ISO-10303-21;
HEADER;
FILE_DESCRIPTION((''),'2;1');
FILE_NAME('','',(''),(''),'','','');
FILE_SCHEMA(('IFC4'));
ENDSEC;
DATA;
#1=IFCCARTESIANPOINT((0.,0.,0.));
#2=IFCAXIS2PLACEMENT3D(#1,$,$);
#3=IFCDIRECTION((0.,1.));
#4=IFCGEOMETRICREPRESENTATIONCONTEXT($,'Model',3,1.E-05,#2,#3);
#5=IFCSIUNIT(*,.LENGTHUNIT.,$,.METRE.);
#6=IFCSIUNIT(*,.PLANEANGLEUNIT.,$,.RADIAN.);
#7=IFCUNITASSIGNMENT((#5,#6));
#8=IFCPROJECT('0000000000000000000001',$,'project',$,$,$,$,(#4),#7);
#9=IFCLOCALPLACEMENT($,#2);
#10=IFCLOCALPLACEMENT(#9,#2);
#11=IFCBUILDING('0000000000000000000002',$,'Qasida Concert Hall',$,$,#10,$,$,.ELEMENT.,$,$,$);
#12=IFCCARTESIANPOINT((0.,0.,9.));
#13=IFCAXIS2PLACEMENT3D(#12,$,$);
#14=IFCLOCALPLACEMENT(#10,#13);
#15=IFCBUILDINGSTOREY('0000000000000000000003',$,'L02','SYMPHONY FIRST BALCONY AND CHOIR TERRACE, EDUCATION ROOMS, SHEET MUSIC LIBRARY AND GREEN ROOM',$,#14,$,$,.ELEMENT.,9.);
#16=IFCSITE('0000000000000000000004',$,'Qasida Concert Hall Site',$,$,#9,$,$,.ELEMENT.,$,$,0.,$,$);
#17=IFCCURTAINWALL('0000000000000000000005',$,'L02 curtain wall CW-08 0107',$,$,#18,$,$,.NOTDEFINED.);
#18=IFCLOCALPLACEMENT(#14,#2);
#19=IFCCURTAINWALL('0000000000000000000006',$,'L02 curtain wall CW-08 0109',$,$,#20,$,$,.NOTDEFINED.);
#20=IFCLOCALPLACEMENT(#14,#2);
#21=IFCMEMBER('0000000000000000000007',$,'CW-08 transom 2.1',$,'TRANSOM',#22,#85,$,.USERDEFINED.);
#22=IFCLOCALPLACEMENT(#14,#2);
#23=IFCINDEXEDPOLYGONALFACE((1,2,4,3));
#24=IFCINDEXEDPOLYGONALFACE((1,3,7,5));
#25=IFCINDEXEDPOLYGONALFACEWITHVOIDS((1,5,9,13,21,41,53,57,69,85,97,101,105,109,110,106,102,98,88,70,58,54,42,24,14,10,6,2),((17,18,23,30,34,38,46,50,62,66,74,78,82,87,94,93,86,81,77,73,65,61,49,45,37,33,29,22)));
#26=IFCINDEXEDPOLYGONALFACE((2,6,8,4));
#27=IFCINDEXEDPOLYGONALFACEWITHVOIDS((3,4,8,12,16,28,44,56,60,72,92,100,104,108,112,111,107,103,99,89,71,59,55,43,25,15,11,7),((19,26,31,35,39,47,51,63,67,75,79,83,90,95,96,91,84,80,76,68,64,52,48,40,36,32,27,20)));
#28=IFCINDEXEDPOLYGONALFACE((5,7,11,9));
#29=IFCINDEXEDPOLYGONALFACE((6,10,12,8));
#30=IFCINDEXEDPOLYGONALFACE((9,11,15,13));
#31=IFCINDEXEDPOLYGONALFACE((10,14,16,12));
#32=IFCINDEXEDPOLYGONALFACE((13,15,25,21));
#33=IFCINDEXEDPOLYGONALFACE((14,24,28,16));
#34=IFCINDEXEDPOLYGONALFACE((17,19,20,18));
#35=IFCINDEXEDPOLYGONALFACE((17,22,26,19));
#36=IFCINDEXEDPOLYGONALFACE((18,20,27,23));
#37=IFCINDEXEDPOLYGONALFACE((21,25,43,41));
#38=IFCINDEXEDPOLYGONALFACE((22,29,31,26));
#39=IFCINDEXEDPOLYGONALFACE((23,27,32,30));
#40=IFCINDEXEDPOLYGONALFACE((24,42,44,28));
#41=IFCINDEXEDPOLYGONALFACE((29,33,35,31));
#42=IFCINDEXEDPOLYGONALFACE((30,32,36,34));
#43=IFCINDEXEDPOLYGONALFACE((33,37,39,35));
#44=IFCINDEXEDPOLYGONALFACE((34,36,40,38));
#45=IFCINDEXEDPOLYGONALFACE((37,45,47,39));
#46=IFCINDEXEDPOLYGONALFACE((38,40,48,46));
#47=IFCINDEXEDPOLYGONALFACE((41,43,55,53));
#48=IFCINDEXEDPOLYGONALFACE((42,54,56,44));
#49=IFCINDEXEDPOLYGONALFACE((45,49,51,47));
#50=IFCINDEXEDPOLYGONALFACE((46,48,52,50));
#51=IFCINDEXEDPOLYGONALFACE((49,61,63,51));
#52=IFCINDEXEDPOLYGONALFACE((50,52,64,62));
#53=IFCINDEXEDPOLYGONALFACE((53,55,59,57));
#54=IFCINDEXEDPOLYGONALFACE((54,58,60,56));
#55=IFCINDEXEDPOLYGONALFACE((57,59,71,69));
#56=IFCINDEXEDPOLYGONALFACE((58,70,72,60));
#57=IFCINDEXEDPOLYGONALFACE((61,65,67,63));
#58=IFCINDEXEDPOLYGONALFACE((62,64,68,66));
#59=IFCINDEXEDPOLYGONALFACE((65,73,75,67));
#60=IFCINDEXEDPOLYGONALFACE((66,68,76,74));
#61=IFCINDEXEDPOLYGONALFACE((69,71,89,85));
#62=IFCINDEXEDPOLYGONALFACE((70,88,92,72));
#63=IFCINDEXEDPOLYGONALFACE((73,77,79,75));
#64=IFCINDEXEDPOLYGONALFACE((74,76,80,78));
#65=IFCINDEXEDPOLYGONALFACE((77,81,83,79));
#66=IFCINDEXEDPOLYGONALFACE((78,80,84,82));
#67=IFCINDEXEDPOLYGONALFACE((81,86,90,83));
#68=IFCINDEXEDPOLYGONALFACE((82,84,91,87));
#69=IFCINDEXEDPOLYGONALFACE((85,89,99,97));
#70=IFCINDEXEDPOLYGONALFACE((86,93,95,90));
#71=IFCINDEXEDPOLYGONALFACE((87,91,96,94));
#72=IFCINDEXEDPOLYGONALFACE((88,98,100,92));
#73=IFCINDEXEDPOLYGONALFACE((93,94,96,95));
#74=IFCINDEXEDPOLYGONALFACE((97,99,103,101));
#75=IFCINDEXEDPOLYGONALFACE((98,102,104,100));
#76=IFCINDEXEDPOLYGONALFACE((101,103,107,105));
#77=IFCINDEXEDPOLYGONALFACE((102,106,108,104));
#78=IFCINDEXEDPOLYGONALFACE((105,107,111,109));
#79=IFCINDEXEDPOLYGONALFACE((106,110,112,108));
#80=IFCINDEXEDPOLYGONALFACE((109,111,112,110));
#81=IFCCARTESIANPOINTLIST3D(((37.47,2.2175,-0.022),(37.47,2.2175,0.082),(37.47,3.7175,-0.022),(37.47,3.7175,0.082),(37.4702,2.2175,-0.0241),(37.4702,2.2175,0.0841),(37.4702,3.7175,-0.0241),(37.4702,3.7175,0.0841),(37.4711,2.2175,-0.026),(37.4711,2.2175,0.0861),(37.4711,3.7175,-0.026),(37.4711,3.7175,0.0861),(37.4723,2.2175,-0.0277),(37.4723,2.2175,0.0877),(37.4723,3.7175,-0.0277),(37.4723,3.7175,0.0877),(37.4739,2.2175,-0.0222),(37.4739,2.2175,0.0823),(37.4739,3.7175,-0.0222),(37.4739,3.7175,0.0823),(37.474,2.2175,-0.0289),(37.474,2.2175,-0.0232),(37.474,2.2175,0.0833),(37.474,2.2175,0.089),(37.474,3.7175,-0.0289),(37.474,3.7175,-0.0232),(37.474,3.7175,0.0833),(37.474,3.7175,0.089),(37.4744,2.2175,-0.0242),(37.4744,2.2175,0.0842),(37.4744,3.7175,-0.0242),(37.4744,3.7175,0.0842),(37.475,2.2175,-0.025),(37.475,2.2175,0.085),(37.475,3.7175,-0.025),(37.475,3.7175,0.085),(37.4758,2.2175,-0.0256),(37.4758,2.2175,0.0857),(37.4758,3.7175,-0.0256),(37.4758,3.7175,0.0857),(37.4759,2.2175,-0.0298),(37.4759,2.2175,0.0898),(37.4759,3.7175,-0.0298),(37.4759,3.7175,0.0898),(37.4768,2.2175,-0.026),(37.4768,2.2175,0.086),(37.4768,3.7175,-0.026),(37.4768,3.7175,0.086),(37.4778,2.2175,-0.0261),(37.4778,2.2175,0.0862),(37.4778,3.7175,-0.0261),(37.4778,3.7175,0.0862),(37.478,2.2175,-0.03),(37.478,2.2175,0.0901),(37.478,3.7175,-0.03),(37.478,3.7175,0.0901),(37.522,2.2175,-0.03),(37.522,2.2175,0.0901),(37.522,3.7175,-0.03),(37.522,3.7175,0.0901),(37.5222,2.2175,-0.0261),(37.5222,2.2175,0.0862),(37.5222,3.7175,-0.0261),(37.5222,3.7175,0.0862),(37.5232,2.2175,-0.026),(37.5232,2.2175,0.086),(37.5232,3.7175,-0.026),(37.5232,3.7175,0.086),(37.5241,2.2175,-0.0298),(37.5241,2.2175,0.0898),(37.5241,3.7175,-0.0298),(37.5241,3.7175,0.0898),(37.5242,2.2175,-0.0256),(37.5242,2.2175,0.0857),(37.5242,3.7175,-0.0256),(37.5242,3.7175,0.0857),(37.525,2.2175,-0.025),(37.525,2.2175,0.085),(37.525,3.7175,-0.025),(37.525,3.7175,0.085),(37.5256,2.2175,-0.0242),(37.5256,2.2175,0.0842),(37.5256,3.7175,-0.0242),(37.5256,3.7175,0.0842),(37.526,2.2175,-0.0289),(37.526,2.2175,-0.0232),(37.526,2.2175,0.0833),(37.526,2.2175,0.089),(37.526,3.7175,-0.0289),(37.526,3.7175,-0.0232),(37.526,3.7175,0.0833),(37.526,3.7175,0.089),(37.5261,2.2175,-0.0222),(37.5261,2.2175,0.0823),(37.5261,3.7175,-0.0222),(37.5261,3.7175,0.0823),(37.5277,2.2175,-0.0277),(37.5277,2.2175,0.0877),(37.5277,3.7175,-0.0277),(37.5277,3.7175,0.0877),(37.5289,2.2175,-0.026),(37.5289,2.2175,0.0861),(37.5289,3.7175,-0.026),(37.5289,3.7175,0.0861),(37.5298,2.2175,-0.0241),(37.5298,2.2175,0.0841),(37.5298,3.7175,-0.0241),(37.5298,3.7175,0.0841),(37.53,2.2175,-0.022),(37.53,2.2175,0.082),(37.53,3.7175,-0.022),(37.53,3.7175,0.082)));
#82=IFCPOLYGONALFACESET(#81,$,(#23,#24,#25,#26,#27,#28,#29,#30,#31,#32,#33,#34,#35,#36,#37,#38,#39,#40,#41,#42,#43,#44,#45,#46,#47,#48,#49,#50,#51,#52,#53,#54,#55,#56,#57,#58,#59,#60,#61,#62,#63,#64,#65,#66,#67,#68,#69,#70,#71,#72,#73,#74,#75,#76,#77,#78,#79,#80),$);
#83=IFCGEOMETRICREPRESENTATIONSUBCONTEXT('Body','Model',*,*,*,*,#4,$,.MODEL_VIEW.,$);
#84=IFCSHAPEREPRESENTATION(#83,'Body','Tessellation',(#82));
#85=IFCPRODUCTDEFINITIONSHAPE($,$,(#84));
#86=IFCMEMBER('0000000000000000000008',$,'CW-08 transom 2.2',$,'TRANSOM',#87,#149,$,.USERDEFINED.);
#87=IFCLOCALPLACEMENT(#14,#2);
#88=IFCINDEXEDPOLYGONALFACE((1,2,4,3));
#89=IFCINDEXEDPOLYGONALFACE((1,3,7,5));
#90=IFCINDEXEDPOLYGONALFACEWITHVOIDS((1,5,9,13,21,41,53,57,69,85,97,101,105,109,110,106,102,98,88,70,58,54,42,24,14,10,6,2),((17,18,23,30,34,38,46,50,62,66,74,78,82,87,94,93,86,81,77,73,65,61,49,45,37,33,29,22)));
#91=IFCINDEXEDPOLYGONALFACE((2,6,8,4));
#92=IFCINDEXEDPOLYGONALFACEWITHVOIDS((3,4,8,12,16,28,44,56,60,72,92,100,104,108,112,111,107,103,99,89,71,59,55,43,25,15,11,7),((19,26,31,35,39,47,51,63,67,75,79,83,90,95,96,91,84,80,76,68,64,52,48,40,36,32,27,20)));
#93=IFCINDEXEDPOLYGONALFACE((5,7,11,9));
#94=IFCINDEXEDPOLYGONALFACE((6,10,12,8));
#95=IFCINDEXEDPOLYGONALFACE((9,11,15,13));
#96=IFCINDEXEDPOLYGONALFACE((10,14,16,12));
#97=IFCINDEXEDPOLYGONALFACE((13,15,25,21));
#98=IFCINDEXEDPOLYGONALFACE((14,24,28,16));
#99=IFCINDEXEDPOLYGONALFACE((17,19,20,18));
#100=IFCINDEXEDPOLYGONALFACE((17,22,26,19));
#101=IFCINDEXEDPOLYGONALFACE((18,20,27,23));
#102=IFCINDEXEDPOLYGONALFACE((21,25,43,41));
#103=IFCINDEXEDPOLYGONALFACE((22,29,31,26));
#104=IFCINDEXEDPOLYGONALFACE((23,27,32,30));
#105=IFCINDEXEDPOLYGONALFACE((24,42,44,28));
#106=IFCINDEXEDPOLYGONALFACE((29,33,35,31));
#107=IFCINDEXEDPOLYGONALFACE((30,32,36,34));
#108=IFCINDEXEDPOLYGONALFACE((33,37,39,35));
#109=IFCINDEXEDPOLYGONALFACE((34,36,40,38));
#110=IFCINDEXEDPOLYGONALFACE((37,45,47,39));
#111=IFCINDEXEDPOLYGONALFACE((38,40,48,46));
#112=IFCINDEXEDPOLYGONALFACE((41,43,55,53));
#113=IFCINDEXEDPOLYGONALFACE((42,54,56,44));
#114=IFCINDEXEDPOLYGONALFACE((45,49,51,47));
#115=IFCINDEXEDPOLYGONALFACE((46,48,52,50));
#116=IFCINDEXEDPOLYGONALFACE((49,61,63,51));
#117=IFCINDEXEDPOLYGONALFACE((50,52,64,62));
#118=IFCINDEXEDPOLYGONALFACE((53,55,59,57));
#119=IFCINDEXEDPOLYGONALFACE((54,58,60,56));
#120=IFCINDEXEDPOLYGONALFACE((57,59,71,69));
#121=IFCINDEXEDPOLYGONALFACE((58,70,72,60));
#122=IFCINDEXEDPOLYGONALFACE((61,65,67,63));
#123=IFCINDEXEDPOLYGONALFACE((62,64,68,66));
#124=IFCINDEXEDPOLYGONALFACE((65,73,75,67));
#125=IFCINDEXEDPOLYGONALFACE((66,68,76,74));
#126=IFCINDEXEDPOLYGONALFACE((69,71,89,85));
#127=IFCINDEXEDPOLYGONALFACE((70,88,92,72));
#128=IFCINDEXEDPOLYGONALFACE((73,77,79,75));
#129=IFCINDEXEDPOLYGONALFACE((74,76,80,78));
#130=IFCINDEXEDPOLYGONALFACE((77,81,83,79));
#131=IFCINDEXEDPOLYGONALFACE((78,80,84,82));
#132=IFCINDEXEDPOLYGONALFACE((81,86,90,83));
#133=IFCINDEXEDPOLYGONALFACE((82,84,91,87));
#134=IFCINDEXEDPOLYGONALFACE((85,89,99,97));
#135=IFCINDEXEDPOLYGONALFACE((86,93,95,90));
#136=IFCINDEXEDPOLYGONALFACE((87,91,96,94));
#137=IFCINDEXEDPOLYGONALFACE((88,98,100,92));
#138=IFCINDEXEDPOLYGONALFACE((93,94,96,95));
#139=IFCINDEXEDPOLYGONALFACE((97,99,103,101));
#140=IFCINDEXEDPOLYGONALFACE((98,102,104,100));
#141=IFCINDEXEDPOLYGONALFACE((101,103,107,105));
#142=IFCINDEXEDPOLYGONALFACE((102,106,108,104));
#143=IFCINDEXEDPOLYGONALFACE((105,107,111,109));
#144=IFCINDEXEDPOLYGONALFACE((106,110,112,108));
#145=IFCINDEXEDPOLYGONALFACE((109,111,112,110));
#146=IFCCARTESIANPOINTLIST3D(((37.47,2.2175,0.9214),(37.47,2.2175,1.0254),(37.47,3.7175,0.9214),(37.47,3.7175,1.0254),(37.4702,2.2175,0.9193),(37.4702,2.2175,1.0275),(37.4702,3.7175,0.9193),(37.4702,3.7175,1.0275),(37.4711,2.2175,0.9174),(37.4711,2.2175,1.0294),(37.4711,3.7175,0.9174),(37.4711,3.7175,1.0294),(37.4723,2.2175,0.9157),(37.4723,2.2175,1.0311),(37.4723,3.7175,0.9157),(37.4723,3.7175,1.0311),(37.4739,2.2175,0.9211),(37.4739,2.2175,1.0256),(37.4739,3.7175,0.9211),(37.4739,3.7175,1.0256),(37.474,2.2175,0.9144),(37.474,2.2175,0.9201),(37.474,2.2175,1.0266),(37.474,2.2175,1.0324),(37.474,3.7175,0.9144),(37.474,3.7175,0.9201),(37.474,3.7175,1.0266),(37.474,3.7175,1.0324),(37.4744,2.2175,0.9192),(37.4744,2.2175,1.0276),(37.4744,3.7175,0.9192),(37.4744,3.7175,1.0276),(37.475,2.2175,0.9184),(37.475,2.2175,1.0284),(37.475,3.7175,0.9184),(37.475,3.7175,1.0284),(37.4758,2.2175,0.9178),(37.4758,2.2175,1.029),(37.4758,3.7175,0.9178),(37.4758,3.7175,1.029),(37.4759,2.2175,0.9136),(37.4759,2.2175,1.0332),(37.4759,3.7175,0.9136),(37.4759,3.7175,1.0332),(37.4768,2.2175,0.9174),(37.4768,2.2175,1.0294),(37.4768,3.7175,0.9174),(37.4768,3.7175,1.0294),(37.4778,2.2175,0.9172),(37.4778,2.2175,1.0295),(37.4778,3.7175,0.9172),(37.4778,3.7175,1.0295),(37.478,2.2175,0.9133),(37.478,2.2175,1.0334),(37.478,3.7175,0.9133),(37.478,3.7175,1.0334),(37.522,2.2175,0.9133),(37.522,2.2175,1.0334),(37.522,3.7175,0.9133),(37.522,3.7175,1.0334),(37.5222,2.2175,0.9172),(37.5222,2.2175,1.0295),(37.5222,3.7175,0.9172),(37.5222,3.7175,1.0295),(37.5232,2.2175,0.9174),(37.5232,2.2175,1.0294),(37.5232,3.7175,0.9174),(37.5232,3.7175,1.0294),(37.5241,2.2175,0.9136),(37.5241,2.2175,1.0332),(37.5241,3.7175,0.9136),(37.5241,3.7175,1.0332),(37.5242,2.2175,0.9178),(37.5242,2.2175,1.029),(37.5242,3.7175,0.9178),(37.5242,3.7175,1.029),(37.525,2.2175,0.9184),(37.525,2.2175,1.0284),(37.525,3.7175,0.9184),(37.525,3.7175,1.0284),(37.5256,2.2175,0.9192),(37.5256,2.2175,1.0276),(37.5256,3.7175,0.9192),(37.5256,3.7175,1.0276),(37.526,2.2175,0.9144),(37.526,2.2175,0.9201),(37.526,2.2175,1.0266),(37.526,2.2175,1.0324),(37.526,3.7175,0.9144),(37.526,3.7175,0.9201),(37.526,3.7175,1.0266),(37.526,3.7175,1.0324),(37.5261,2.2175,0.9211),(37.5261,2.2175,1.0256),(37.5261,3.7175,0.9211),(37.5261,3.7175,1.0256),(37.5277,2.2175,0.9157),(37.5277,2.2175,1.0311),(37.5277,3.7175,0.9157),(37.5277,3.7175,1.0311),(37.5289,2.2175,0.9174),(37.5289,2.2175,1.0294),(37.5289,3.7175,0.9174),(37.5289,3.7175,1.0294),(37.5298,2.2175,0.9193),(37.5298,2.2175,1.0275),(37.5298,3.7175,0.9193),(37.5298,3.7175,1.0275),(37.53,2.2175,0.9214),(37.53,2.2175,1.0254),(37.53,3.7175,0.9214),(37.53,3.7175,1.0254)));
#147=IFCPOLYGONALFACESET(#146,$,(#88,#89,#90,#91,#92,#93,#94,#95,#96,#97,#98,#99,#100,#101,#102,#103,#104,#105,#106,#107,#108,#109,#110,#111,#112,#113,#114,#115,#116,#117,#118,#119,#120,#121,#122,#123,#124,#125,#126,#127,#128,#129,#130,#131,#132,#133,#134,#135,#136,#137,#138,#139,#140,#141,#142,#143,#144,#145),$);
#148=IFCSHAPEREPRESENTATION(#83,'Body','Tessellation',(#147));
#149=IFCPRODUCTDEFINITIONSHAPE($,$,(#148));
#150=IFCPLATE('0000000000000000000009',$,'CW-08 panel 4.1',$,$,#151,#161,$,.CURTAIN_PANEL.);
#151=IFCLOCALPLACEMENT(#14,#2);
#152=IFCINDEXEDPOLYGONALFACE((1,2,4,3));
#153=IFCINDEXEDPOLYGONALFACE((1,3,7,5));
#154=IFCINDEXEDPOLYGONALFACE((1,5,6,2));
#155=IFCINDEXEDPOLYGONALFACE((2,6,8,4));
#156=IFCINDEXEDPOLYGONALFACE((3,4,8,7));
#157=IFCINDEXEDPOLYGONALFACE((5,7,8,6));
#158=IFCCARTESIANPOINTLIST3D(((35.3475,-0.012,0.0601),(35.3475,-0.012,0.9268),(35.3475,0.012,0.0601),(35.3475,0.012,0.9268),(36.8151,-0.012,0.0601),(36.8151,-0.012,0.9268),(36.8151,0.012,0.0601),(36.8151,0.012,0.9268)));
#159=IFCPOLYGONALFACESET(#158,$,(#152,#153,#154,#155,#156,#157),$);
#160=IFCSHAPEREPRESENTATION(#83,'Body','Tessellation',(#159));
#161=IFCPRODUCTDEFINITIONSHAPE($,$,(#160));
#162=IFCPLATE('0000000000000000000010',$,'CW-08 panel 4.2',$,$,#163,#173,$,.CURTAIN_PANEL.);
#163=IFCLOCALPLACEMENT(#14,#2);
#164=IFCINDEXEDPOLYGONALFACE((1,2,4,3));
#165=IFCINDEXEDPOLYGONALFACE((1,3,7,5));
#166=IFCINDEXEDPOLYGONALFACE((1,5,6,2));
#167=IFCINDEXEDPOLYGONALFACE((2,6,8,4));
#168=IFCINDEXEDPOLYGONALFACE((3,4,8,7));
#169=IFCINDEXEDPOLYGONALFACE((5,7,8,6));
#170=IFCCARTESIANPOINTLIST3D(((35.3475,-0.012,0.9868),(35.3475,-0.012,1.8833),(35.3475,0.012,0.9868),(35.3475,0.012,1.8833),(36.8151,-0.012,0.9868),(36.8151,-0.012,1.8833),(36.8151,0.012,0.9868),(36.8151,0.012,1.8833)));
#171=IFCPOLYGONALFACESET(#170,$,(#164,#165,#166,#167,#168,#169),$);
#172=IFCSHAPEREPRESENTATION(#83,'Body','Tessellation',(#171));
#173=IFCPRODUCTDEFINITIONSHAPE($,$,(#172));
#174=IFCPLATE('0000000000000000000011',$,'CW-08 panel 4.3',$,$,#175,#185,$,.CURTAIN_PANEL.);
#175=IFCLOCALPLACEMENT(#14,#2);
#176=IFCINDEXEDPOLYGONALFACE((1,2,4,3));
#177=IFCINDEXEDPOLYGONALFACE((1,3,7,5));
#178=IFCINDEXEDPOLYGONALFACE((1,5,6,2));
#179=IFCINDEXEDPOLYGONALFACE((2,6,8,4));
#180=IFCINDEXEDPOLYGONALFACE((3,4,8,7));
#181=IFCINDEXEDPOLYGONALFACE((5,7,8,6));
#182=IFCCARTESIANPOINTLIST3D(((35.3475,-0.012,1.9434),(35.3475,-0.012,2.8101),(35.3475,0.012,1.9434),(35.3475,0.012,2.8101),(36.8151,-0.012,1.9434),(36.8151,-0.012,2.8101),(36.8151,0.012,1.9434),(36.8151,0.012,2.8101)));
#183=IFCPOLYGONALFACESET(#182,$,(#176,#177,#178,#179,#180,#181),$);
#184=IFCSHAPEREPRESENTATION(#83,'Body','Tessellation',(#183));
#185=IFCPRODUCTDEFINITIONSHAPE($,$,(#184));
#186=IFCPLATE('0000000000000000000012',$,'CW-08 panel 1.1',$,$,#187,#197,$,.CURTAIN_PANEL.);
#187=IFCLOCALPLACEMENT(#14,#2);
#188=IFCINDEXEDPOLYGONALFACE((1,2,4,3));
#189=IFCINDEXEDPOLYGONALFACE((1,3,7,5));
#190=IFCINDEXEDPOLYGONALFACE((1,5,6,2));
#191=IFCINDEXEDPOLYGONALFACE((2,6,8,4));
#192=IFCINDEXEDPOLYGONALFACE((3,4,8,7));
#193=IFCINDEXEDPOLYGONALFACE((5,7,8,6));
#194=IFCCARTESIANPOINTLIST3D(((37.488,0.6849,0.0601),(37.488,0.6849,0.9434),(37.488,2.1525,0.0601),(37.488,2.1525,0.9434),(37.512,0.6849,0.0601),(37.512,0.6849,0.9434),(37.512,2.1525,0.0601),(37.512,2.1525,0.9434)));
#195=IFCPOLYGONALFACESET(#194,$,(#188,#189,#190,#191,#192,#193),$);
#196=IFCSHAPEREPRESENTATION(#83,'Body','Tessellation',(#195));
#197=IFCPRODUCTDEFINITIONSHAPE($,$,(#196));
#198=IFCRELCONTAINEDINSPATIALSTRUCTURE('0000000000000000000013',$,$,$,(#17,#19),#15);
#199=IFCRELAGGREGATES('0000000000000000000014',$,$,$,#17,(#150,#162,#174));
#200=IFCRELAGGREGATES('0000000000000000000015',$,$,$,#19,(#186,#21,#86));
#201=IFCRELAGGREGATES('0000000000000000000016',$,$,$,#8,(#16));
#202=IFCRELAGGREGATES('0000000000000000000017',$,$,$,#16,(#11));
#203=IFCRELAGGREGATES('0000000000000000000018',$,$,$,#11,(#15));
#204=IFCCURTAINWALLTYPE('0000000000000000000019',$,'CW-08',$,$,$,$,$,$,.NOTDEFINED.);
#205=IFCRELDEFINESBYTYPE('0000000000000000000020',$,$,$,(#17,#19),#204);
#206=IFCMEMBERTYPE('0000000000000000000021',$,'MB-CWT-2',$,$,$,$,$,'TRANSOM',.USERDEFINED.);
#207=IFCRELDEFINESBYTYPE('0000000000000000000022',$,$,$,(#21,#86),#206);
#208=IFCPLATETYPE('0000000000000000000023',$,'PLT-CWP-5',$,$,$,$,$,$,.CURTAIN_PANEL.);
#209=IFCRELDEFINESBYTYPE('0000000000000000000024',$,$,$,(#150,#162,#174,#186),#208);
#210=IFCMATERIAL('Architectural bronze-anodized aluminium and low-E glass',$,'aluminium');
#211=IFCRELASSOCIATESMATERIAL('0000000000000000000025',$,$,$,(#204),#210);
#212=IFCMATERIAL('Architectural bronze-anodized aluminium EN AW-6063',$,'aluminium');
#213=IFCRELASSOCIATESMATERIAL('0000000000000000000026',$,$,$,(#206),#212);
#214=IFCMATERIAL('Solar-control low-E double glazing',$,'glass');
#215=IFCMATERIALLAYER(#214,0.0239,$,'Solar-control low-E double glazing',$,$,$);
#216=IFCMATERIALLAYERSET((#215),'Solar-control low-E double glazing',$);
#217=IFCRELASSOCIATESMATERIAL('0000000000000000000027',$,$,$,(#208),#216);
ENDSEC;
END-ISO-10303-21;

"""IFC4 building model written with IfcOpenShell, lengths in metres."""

from ifc_helpers import new_model, si_unit, direction, frame, origin, origin_2d, place, context, subcontext, project, spatial, rectangle, hollow_rectangle, extrude, material, layer, layer_set, material_profile, profile_set, type_object, element, aggregate, save


model = new_model("IFC4")

# Units and contexts
model_context = context("Model", 3, precision=1e-05, world=origin(), true_north=direction((0.0, 1.0)))
body_context = subcontext(model_context, "Body", "Model", "MODEL_VIEW")
ifc_project = project(units=[si_unit("LENGTHUNIT", "METRE"), si_unit("PLANEANGLEUNIT", "RADIAN")], contexts=[model_context])

# Site, building, storey
site_placement = place(None, origin())
site = spatial("IfcSite", under=ifc_project, at=site_placement, Name="Qasida Concert Hall Site", CompositionType="ELEMENT", RefElevation=0.0)
building_placement = place(site_placement, origin())
building = spatial("IfcBuilding", under=site, at=building_placement, Name="Qasida Concert Hall", CompositionType="ELEMENT")
storey_placement = place(building_placement, frame((0.0, 0.0, 9.0)))
storey = spatial("IfcBuildingStorey", under=building, at=storey_placement, Name="L02", Description="SYMPHONY FIRST BALCONY AND CHOIR TERRACE, EDUCATION ROOMS, SHEET MUSIC LIBRARY AND GREEN ROOM", CompositionType="ELEMENT", Elevation=9.0)

# Curtain walls
ifc_material_1 = material(Name="Architectural bronze-anodized aluminium and low-E glass", Category="aluminium")
curtain_wall_type = type_object("IfcCurtainWallType", Name="CW-08", PredefinedType="NOTDEFINED", material=ifc_material_1)
curtain_wall_1_placement = place(storey_placement, origin())
curtain_wall_1 = element("IfcCurtainWall", 1, at=curtain_wall_1_placement, inside=storey, type_object=curtain_wall_type, Name="L02 curtain wall CW-08 0107", PredefinedType="NOTDEFINED")
ifc_material_2 = material(Name="Architectural bronze-anodized aluminium EN AW-6063", Category="aluminium")
curtain_wall_2_placement = place(storey_placement, origin())
curtain_wall_2 = element("IfcCurtainWall", 2, at=curtain_wall_2_placement, inside=storey, type_object=curtain_wall_type, Name="L02 curtain wall CW-08 0109", PredefinedType="NOTDEFINED")

# Members
ifc_material_profile_1 = material_profile(ifc_material_2, hollow_rectangle(XDim=0.0601, YDim=0.1201, WallThickness=0.0039, InnerFilletRadius=0.0039, OuterFilletRadius=0.0081, at=origin_2d()), Name="CWT 120x60x4")
ifc_profile_set_1 = profile_set([ifc_material_profile_1], Name="Architectural bronze-anodized aluminium EN AW-6063")
member_type_1 = type_object("IfcMemberType", Name="MB-CWT-2", ElementType="TRANSOM", PredefinedType="USERDEFINED", material=ifc_profile_set_1)
member_1_placement = place(storey_placement, frame((37.5, 2.2175, 0.03), z_axis=(0.0, 1.0, 0.0), x_axis=(-1.0, 0.0, 0.0)))
member_1 = element("IfcMember", 3, at=member_1_placement, type_object=member_type_1, Name="CW-08 transom 2.1", ObjectType="TRANSOM", PredefinedType="USERDEFINED", context=body_context, shape_type="SweptSolid", body=[
    extrude(hollow_rectangle(XDim=0.0601, YDim=0.1201, WallThickness=0.0039, InnerFilletRadius=0.0039, OuterFilletRadius=0.0081, at=origin_2d()), origin(), (0.0, 0.0, 1.0), 1.5),
])
member_2_placement = place(storey_placement, frame((37.5, 2.2175, 0.9734), z_axis=(0.0, 1.0, 0.0), x_axis=(-1.0, 0.0, 0.0)))
member_2 = element("IfcMember", 4, at=member_2_placement, type_object=member_type_1, Name="CW-08 transom 2.2", ObjectType="TRANSOM", PredefinedType="USERDEFINED", context=body_context, shape_type="SweptSolid", body=[
    extrude(hollow_rectangle(XDim=0.0601, YDim=0.1201, WallThickness=0.0039, InnerFilletRadius=0.0039, OuterFilletRadius=0.0081, at=origin_2d()), origin(), (0.0, 0.0, 1.0), 1.5),
])

# Plates
ifc_material_3 = material(Name="Solar-control low-E double glazing", Category="glass")
ifc_layer_1 = layer(ifc_material_3, 0.0239, Name="Solar-control low-E double glazing")
ifc_layer_set_1 = layer_set([ifc_layer_1], Name="Solar-control low-E double glazing")
plate_type = type_object("IfcPlateType", Name="PLT-CWP-5", PredefinedType="CURTAIN_PANEL", material=ifc_layer_set_1)
plate_1_placement = place(storey_placement, frame((36.0813, 0.0, 0.0601), z_axis=(0.0, 0.0, 1.0), x_axis=(1.0, 0.0, 0.0)))
plate_1 = element("IfcPlate", 5, at=plate_1_placement, type_object=plate_type, Name="CW-08 panel 4.1", PredefinedType="CURTAIN_PANEL", context=body_context, shape_type="SweptSolid", body=[
    extrude(rectangle(XDim=1.4675, YDim=0.0239, at=origin_2d()), origin(), (0.0, 0.0, 1.0), 0.8667),
])
plate_2_placement = place(storey_placement, frame((36.0813, 0.0, 0.9868), z_axis=(0.0, 0.0, 1.0), x_axis=(1.0, 0.0, 0.0)))
plate_2 = element("IfcPlate", 6, at=plate_2_placement, type_object=plate_type, Name="CW-08 panel 4.2", PredefinedType="CURTAIN_PANEL", context=body_context, shape_type="SweptSolid", body=[
    extrude(rectangle(XDim=1.4675, YDim=0.0239, at=origin_2d()), origin(), (0.0, 0.0, 1.0), 0.8965),
])
plate_3_placement = place(storey_placement, frame((36.0813, 0.0, 1.9434), z_axis=(0.0, 0.0, 1.0), x_axis=(1.0, 0.0, 0.0)))
plate_3 = element("IfcPlate", 7, at=plate_3_placement, type_object=plate_type, Name="CW-08 panel 4.3", PredefinedType="CURTAIN_PANEL", context=body_context, shape_type="SweptSolid", body=[
    extrude(rectangle(XDim=1.4675, YDim=0.0239, at=origin_2d()), origin(), (0.0, 0.0, 1.0), 0.8667),
])
aggregate(curtain_wall_1, [plate_1, plate_2, plate_3])
plate_4_placement = place(storey_placement, frame((37.5, 1.4187, 0.0601), z_axis=(0.0, 0.0, 1.0), x_axis=(0.0, 1.0, 0.0)))
plate_4 = element("IfcPlate", 8, at=plate_4_placement, type_object=plate_type, Name="CW-08 panel 1.1", PredefinedType="CURTAIN_PANEL", context=body_context, shape_type="SweptSolid", body=[
    extrude(rectangle(XDim=1.4675, YDim=0.0239, at=origin_2d()), origin(), (0.0, 0.0, 1.0), 0.8833),
])
aggregate(curtain_wall_2, [plate_4, member_1, member_2])

save(model, "model.ifc")
